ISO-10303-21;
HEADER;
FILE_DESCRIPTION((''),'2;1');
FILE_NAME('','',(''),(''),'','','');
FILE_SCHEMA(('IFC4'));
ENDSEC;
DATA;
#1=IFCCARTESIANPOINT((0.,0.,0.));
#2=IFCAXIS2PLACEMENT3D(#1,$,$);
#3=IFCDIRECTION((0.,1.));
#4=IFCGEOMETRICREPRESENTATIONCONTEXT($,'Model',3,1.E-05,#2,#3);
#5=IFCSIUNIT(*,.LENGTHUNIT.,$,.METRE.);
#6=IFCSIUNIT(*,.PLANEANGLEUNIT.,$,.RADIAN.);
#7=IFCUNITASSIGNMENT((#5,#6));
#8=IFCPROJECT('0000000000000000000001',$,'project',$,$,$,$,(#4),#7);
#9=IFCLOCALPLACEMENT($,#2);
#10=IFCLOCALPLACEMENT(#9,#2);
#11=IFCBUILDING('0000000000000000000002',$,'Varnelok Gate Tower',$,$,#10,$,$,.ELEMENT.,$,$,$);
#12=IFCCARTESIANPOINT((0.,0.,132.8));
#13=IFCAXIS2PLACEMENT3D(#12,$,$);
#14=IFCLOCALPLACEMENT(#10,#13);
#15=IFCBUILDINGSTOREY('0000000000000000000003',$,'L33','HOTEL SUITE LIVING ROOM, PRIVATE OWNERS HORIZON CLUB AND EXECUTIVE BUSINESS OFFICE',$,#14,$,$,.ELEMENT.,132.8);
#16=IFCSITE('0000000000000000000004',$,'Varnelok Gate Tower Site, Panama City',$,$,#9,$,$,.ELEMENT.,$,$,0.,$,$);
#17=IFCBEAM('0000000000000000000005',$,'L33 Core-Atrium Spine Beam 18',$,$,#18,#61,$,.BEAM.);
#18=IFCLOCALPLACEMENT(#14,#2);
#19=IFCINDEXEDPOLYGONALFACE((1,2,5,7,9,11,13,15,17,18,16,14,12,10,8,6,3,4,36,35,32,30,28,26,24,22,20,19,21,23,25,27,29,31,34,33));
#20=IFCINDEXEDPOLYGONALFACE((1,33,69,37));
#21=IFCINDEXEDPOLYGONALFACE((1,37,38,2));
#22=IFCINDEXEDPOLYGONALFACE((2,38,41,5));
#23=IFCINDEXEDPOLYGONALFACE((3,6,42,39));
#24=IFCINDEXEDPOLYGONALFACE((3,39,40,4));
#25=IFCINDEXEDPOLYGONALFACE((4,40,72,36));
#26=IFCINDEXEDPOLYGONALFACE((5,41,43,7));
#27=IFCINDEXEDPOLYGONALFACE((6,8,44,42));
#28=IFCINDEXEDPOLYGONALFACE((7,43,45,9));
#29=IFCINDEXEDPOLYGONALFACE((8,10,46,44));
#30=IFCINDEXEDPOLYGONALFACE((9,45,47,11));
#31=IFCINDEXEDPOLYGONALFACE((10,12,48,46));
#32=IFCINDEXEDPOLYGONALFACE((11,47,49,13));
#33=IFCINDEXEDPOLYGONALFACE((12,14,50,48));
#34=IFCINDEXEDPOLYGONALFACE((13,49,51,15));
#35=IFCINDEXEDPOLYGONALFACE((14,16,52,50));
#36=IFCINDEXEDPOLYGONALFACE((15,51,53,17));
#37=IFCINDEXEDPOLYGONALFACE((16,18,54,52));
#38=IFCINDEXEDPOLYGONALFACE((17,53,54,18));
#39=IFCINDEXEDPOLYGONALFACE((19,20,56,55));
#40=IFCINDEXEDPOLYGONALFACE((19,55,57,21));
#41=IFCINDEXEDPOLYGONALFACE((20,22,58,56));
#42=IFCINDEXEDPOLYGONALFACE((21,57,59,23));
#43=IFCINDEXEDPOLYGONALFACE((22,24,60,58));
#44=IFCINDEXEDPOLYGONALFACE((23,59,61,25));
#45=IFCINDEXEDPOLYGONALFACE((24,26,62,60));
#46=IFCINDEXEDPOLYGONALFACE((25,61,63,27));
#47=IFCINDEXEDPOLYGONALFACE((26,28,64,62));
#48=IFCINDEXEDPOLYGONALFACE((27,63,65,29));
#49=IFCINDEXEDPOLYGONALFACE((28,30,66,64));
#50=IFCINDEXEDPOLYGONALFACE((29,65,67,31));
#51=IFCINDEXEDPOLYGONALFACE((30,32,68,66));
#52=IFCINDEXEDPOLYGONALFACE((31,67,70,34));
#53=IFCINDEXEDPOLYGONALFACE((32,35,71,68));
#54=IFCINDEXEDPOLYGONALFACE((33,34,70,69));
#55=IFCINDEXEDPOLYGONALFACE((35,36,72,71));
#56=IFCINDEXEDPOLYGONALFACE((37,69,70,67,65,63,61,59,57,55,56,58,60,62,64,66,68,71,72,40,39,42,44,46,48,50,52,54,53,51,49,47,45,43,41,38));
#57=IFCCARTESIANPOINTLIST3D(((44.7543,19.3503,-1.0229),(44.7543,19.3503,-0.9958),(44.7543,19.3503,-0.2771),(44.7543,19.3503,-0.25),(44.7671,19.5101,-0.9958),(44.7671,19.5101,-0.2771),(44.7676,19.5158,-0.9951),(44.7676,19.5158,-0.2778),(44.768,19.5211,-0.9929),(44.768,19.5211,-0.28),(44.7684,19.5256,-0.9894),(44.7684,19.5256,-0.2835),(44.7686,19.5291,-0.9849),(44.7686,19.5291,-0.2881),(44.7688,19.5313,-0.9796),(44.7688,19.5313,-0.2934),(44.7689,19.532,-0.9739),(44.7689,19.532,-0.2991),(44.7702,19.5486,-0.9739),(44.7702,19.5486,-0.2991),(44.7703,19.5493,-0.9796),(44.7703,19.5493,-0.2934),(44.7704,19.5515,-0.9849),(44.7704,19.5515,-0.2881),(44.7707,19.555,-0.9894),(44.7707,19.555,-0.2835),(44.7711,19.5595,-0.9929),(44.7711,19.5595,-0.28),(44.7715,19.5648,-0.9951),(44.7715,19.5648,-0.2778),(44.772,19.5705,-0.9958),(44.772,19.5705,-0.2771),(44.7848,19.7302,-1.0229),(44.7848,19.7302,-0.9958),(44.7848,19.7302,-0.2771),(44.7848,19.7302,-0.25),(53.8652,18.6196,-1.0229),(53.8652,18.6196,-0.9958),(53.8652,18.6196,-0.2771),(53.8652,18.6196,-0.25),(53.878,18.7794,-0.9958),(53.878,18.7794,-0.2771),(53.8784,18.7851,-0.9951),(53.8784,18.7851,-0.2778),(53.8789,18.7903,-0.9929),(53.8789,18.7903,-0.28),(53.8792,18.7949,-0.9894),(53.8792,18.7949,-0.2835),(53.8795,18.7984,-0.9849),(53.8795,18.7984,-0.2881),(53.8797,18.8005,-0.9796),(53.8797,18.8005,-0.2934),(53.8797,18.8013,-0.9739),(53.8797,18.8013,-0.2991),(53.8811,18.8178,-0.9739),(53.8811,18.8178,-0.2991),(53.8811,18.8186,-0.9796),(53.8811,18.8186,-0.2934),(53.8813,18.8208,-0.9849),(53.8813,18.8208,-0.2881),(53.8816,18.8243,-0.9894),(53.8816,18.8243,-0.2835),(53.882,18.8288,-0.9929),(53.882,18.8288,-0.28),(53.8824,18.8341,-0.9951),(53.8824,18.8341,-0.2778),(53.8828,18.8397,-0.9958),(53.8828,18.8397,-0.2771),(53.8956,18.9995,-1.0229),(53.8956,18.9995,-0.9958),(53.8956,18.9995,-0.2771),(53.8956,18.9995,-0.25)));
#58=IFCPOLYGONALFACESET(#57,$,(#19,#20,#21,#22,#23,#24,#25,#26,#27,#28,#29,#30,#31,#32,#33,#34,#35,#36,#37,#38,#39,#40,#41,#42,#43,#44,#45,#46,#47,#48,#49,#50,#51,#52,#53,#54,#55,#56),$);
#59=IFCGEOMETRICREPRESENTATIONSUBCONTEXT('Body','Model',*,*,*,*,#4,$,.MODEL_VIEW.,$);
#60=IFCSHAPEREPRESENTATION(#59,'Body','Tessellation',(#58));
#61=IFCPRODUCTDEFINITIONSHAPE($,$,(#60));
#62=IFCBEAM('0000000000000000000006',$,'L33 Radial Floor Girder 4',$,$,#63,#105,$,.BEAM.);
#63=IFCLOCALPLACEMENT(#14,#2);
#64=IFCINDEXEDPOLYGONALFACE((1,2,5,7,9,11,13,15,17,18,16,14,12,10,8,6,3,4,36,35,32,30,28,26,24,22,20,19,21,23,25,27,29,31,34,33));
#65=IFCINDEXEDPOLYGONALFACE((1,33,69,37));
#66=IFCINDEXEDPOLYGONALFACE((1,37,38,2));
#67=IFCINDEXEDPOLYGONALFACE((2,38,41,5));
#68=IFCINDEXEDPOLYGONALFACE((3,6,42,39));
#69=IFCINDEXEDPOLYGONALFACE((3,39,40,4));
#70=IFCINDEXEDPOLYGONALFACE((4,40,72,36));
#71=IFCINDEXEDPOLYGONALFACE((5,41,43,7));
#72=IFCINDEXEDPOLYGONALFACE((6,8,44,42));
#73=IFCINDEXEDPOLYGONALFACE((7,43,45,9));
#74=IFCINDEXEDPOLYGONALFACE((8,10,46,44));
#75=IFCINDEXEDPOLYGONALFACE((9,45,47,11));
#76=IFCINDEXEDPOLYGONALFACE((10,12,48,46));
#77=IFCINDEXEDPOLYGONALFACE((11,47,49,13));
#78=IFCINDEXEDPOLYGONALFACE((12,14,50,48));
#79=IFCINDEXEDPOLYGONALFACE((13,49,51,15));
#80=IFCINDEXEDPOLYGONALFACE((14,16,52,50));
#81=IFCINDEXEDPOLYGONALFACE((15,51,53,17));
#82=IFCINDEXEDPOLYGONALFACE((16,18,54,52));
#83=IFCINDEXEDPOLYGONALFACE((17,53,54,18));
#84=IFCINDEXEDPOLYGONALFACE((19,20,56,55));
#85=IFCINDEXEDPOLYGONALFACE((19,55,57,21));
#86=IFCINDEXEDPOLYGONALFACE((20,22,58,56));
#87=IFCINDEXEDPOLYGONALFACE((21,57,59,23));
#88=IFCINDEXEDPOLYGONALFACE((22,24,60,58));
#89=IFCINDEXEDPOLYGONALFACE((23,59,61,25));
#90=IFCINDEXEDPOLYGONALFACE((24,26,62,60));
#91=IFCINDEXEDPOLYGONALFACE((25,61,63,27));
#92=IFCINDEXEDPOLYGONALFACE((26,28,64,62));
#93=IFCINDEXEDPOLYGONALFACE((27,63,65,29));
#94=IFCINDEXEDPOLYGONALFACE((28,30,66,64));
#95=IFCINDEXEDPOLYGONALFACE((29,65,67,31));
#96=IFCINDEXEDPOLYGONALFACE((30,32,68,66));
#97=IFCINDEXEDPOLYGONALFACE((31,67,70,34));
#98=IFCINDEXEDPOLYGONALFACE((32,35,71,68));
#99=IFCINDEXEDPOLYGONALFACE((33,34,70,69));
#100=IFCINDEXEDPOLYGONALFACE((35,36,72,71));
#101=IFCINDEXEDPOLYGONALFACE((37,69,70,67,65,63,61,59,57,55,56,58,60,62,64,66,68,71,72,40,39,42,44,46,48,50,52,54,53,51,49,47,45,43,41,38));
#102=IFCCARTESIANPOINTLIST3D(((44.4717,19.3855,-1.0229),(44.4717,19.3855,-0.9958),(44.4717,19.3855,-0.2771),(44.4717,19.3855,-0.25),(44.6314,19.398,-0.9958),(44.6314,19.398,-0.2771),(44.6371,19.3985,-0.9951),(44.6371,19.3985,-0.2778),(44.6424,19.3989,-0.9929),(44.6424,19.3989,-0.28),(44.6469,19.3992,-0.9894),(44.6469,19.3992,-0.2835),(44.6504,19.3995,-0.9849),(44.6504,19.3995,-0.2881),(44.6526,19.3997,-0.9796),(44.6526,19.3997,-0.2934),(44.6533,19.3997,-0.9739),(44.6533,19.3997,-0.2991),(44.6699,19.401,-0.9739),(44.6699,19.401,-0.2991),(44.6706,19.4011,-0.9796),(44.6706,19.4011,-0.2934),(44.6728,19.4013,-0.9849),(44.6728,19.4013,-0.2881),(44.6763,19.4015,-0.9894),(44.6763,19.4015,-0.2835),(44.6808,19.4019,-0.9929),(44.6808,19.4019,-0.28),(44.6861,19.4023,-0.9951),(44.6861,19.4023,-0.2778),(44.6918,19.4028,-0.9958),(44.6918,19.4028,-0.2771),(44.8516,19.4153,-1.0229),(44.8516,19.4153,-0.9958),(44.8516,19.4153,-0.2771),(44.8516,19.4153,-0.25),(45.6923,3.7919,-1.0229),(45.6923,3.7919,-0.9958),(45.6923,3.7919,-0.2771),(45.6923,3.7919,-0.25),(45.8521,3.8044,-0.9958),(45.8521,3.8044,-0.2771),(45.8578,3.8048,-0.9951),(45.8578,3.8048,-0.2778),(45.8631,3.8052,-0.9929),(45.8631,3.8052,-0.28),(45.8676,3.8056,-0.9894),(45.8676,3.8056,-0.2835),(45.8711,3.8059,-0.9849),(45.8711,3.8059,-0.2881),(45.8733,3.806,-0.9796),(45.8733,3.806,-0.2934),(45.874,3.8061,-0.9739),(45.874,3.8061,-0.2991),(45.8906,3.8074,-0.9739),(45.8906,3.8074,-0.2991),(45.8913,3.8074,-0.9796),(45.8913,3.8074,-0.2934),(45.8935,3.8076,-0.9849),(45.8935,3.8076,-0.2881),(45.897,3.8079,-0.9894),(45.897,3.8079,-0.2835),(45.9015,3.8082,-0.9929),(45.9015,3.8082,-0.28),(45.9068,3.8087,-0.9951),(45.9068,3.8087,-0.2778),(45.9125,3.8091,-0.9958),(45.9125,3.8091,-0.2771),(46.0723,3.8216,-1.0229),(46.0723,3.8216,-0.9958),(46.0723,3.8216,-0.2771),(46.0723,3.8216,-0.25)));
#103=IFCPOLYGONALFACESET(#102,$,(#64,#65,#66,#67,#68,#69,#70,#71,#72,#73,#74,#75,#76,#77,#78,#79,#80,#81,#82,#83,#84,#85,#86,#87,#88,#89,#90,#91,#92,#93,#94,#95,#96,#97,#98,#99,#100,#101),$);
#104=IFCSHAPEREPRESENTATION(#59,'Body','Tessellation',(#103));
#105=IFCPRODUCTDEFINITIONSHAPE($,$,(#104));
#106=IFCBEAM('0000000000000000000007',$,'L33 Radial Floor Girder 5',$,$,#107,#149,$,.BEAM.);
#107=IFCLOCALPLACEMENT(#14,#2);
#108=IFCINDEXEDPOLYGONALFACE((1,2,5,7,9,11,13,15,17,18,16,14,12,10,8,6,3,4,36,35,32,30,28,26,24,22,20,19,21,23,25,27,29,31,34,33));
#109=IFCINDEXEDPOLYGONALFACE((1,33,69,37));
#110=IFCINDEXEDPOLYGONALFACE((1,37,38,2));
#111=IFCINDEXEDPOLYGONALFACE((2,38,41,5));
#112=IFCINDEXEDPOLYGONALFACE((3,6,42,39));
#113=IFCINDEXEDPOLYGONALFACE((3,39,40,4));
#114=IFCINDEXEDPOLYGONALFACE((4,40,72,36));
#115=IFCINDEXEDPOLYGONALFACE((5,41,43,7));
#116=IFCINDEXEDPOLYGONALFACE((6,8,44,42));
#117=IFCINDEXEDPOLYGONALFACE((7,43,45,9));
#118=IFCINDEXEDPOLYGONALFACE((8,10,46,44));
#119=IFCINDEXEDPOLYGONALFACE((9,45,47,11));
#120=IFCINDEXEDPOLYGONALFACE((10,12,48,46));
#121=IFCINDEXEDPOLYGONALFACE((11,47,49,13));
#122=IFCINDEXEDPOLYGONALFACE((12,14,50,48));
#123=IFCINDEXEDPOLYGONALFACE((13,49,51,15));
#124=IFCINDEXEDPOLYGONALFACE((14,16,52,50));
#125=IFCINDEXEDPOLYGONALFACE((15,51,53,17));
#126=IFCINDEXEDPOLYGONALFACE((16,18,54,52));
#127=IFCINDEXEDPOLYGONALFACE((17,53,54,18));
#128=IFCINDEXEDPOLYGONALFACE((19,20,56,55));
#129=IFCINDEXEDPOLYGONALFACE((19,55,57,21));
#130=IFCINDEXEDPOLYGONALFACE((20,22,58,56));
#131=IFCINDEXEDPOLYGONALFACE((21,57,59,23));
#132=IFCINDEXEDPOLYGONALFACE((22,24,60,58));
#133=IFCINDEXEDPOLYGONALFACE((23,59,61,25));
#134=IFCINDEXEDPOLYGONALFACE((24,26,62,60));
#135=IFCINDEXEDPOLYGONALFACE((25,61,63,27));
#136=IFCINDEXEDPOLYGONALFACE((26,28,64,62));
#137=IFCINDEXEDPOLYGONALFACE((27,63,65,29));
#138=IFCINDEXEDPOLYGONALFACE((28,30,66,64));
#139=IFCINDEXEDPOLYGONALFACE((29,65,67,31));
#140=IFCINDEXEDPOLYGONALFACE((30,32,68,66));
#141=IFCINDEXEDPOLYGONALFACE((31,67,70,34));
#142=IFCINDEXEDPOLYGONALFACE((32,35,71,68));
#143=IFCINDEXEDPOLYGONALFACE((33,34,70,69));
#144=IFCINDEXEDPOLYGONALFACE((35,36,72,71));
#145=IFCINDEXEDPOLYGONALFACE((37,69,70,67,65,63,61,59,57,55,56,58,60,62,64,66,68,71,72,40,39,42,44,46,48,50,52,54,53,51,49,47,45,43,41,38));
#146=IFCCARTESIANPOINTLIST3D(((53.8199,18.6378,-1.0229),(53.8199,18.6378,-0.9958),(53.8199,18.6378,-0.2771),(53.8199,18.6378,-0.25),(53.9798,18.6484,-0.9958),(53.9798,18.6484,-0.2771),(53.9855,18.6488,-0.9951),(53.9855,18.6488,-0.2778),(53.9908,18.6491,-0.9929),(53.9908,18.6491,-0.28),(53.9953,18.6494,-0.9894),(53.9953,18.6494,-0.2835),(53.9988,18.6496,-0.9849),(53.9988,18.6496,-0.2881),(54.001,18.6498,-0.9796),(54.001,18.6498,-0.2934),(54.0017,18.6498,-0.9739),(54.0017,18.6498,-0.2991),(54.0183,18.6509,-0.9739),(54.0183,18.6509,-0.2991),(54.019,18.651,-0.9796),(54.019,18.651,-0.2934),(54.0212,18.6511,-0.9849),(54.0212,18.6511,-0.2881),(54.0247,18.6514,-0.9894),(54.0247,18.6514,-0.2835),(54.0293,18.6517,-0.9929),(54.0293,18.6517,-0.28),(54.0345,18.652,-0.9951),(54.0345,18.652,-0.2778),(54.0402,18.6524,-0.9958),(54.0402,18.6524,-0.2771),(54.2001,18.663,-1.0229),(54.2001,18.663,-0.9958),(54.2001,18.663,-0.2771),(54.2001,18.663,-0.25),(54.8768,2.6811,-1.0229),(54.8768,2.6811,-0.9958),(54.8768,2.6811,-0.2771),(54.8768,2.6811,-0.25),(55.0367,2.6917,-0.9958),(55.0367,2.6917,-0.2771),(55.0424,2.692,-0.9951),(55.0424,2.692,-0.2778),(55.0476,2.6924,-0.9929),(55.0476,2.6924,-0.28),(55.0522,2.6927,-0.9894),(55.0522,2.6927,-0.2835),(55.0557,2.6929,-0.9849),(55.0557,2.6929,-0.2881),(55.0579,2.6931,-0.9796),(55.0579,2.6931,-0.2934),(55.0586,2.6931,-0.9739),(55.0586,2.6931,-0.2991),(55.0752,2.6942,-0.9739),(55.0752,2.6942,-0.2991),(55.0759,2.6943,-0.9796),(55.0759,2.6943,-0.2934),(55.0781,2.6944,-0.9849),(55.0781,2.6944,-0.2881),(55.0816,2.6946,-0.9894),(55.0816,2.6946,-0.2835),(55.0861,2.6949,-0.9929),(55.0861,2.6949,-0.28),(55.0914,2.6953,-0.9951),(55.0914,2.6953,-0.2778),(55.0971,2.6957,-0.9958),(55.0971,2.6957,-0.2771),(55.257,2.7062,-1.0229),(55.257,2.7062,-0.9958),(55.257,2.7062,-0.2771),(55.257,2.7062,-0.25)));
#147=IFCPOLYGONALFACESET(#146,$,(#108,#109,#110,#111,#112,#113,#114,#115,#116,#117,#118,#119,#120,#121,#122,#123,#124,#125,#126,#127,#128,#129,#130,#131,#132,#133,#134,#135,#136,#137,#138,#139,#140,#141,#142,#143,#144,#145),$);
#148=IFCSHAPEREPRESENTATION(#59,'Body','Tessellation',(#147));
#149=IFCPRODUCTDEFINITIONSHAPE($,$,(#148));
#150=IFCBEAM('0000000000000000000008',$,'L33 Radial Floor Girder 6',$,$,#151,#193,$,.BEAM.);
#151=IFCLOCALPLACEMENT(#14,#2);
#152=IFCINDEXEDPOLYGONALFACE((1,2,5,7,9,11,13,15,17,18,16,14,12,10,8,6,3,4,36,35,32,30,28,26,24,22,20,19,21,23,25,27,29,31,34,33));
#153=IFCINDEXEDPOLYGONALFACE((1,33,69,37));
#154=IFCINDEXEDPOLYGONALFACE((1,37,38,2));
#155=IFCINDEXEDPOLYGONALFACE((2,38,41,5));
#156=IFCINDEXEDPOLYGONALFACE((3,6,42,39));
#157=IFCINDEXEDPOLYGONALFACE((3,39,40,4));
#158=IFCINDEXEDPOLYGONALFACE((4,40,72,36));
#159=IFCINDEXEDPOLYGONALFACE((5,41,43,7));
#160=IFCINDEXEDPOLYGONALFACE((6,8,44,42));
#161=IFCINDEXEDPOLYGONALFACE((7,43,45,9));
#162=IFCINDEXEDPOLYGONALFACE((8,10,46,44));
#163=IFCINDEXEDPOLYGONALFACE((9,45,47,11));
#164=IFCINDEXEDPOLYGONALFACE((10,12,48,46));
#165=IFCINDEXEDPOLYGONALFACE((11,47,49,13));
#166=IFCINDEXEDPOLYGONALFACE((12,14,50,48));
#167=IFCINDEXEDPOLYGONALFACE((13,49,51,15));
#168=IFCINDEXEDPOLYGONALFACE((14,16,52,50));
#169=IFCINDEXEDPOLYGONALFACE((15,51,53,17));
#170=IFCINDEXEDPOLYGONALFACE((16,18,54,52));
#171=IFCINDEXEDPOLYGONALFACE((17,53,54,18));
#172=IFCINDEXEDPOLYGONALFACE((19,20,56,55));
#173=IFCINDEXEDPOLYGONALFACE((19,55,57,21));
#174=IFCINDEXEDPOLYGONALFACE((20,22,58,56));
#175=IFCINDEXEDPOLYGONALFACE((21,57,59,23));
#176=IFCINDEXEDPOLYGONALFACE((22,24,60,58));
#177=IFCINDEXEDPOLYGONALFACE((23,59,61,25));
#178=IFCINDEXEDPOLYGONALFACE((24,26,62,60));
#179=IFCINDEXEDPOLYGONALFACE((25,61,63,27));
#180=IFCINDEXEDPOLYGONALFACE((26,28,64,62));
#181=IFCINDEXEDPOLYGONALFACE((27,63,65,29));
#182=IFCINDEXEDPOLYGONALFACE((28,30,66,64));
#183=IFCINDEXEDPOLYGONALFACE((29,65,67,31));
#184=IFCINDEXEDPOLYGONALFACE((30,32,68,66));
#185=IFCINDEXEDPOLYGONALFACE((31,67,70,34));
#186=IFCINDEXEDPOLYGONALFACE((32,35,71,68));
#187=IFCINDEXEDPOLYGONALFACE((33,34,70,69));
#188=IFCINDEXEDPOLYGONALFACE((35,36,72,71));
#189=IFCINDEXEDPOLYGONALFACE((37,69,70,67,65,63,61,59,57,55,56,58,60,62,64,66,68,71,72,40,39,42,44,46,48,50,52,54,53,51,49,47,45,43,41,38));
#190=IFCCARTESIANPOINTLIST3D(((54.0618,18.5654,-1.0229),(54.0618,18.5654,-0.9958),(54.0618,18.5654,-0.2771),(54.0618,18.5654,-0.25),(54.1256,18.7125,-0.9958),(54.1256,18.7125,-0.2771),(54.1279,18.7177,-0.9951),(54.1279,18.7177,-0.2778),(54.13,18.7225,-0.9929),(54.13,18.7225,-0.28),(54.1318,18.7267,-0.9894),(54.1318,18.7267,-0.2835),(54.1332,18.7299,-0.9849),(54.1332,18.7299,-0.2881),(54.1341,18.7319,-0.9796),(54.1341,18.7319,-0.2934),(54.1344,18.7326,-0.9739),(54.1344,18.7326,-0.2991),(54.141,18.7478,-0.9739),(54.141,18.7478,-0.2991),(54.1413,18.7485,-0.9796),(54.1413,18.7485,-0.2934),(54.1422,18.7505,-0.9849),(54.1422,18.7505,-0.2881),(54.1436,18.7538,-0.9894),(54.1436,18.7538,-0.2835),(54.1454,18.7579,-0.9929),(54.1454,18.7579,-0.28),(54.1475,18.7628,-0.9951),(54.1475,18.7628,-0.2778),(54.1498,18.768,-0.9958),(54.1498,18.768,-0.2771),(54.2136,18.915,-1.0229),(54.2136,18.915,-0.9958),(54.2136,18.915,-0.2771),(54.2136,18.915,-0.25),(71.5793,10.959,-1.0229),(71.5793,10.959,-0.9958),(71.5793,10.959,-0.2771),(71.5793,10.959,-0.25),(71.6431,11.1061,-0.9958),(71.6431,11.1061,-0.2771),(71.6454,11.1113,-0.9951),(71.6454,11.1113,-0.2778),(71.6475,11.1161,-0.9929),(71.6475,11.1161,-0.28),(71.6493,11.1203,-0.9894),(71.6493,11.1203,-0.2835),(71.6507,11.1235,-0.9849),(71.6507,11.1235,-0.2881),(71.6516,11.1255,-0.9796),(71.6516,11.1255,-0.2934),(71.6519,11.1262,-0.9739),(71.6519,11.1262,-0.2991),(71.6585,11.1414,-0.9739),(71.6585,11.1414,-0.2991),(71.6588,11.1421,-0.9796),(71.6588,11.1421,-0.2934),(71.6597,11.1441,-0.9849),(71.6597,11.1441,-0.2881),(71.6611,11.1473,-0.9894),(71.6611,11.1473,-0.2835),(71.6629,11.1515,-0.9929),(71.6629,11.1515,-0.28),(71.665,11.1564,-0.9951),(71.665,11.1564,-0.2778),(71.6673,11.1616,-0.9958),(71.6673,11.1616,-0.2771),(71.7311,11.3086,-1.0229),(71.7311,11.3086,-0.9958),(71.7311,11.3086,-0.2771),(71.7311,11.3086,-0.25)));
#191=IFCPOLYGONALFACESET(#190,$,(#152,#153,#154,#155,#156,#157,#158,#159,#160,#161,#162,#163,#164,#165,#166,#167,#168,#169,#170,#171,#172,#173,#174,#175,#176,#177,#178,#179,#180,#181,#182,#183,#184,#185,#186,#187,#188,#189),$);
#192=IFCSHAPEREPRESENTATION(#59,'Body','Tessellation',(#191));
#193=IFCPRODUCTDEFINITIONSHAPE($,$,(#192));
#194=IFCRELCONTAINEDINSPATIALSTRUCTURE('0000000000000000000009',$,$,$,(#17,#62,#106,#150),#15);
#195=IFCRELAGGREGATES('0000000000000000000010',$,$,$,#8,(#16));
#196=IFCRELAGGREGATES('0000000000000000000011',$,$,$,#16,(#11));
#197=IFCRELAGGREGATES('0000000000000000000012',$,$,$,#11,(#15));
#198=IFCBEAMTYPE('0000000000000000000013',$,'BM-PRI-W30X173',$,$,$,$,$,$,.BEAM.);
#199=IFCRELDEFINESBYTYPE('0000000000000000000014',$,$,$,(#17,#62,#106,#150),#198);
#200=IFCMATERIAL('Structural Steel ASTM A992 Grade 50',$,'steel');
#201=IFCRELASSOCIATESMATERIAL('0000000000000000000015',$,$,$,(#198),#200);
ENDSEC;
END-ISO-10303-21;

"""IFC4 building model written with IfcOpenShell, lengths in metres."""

from ifc_helpers import new_model, si_unit, direction, frame, origin, origin_2d, place, context, subcontext, project, spatial, i_section, extrude, material, material_profile, profile_set, type_object, element, save


model = new_model("IFC4")

# Units and contexts
model_context = context("Model", 3, precision=1e-05, world=origin(), true_north=direction((0.0, 1.0)))
body_context = subcontext(model_context, "Body", "Model", "MODEL_VIEW")
ifc_project = project(units=[si_unit("LENGTHUNIT", "METRE"), si_unit("PLANEANGLEUNIT", "RADIAN")], contexts=[model_context])

# Site, building, storey
site_placement = place(None, origin())
site = spatial("IfcSite", under=ifc_project, at=site_placement, Name="Varnelok Gate Tower Site, Panama City", CompositionType="ELEMENT", RefElevation=0.0)
building_placement = place(site_placement, origin())
building = spatial("IfcBuilding", under=site, at=building_placement, Name="Varnelok Gate Tower", CompositionType="ELEMENT")
storey_placement = place(building_placement, frame((0.0, 0.0, 132.8)))
storey = spatial("IfcBuildingStorey", under=building, at=storey_placement, Name="L33", Description="HOTEL SUITE LIVING ROOM, PRIVATE OWNERS HORIZON CLUB AND EXECUTIVE BUSINESS OFFICE", CompositionType="ELEMENT", Elevation=132.8)

# Shared definitions
ifc_material_1 = material(Name="Structural Steel ASTM A992 Grade 50", Category="steel")

# Beams
ifc_material_profile_1 = material_profile(ifc_material_1, i_section(OverallWidth=0.3811, OverallDepth=0.7729, WebThickness=0.0166, FlangeThickness=0.0271, FilletRadius=0.022, at=origin_2d()), Name="W30X173")
ifc_profile_set_1 = profile_set([ifc_material_profile_1], Name="Structural Steel ASTM A992 Grade 50")
beam_type_1 = type_object("IfcBeamType", Name="BM-PRI-W30X173", PredefinedType="BEAM", material=ifc_profile_set_1)
beam_1_placement = place(storey_placement, frame((44.7695, 19.5403, -0.6365), z_axis=(0.996799, -0.079946, 0.0), x_axis=(0.079946, 0.996799, 0.0)))
element("IfcBeam", 1, at=beam_1_placement, inside=storey, type_object=beam_type_1, Name="L33 Core-Atrium Spine Beam 18", PredefinedType="BEAM", context=body_context, shape_type="SweptSolid", body=[
    extrude(i_section(OverallWidth=0.3811, OverallDepth=0.7729, WebThickness=0.0166, FlangeThickness=0.0271, FilletRadius=0.022, at=origin_2d()), origin(), (0.0, 0.0, 1.0), 9.1401),
])
beam_2_placement = place(storey_placement, frame((44.6616, 19.4004, -0.6365), z_axis=(0.078043, -0.99695, 0.0), x_axis=(0.99695, 0.078043, 0.0)))
element("IfcBeam", 2, at=beam_2_placement, inside=storey, type_object=beam_type_1, Name="L33 Radial Floor Girder 4", PredefinedType="BEAM", context=body_context, shape_type="SweptSolid", body=[
    extrude(i_section(OverallWidth=0.3811, OverallDepth=0.7729, WebThickness=0.0166, FlangeThickness=0.0271, FilletRadius=0.022, at=origin_2d()), origin(), (0.0, 0.0, 1.0), 15.6414),
])
beam_3_placement = place(storey_placement, frame((54.01, 18.6504, -0.6365), z_axis=(0.066089, -0.997814, 0.0), x_axis=(0.997814, 0.066089, 0.0)))
element("IfcBeam", 3, at=beam_3_placement, inside=storey, type_object=beam_type_1, Name="L33 Radial Floor Girder 5", PredefinedType="BEAM", context=body_context, shape_type="SweptSolid", body=[
    extrude(i_section(OverallWidth=0.3811, OverallDepth=0.7729, WebThickness=0.0166, FlangeThickness=0.0271, FilletRadius=0.022, at=origin_2d()), origin(), (0.0, 0.0, 1.0), 15.9917),
])
beam_4_placement = place(storey_placement, frame((54.1377, 18.7402, -0.6365), z_axis=(0.917259, -0.39829, 0.0), x_axis=(0.39829, 0.917259, 0.0)))
element("IfcBeam", 4, at=beam_4_placement, inside=storey, type_object=beam_type_1, Name="L33 Radial Floor Girder 6", PredefinedType="BEAM", context=body_context, shape_type="SweptSolid", body=[
    extrude(i_section(OverallWidth=0.3811, OverallDepth=0.7729, WebThickness=0.0166, FlangeThickness=0.0271, FilletRadius=0.022, at=origin_2d()), origin(), (0.0, 0.0, 1.0), 19.0977),
])

save(model, "model.ifc")
